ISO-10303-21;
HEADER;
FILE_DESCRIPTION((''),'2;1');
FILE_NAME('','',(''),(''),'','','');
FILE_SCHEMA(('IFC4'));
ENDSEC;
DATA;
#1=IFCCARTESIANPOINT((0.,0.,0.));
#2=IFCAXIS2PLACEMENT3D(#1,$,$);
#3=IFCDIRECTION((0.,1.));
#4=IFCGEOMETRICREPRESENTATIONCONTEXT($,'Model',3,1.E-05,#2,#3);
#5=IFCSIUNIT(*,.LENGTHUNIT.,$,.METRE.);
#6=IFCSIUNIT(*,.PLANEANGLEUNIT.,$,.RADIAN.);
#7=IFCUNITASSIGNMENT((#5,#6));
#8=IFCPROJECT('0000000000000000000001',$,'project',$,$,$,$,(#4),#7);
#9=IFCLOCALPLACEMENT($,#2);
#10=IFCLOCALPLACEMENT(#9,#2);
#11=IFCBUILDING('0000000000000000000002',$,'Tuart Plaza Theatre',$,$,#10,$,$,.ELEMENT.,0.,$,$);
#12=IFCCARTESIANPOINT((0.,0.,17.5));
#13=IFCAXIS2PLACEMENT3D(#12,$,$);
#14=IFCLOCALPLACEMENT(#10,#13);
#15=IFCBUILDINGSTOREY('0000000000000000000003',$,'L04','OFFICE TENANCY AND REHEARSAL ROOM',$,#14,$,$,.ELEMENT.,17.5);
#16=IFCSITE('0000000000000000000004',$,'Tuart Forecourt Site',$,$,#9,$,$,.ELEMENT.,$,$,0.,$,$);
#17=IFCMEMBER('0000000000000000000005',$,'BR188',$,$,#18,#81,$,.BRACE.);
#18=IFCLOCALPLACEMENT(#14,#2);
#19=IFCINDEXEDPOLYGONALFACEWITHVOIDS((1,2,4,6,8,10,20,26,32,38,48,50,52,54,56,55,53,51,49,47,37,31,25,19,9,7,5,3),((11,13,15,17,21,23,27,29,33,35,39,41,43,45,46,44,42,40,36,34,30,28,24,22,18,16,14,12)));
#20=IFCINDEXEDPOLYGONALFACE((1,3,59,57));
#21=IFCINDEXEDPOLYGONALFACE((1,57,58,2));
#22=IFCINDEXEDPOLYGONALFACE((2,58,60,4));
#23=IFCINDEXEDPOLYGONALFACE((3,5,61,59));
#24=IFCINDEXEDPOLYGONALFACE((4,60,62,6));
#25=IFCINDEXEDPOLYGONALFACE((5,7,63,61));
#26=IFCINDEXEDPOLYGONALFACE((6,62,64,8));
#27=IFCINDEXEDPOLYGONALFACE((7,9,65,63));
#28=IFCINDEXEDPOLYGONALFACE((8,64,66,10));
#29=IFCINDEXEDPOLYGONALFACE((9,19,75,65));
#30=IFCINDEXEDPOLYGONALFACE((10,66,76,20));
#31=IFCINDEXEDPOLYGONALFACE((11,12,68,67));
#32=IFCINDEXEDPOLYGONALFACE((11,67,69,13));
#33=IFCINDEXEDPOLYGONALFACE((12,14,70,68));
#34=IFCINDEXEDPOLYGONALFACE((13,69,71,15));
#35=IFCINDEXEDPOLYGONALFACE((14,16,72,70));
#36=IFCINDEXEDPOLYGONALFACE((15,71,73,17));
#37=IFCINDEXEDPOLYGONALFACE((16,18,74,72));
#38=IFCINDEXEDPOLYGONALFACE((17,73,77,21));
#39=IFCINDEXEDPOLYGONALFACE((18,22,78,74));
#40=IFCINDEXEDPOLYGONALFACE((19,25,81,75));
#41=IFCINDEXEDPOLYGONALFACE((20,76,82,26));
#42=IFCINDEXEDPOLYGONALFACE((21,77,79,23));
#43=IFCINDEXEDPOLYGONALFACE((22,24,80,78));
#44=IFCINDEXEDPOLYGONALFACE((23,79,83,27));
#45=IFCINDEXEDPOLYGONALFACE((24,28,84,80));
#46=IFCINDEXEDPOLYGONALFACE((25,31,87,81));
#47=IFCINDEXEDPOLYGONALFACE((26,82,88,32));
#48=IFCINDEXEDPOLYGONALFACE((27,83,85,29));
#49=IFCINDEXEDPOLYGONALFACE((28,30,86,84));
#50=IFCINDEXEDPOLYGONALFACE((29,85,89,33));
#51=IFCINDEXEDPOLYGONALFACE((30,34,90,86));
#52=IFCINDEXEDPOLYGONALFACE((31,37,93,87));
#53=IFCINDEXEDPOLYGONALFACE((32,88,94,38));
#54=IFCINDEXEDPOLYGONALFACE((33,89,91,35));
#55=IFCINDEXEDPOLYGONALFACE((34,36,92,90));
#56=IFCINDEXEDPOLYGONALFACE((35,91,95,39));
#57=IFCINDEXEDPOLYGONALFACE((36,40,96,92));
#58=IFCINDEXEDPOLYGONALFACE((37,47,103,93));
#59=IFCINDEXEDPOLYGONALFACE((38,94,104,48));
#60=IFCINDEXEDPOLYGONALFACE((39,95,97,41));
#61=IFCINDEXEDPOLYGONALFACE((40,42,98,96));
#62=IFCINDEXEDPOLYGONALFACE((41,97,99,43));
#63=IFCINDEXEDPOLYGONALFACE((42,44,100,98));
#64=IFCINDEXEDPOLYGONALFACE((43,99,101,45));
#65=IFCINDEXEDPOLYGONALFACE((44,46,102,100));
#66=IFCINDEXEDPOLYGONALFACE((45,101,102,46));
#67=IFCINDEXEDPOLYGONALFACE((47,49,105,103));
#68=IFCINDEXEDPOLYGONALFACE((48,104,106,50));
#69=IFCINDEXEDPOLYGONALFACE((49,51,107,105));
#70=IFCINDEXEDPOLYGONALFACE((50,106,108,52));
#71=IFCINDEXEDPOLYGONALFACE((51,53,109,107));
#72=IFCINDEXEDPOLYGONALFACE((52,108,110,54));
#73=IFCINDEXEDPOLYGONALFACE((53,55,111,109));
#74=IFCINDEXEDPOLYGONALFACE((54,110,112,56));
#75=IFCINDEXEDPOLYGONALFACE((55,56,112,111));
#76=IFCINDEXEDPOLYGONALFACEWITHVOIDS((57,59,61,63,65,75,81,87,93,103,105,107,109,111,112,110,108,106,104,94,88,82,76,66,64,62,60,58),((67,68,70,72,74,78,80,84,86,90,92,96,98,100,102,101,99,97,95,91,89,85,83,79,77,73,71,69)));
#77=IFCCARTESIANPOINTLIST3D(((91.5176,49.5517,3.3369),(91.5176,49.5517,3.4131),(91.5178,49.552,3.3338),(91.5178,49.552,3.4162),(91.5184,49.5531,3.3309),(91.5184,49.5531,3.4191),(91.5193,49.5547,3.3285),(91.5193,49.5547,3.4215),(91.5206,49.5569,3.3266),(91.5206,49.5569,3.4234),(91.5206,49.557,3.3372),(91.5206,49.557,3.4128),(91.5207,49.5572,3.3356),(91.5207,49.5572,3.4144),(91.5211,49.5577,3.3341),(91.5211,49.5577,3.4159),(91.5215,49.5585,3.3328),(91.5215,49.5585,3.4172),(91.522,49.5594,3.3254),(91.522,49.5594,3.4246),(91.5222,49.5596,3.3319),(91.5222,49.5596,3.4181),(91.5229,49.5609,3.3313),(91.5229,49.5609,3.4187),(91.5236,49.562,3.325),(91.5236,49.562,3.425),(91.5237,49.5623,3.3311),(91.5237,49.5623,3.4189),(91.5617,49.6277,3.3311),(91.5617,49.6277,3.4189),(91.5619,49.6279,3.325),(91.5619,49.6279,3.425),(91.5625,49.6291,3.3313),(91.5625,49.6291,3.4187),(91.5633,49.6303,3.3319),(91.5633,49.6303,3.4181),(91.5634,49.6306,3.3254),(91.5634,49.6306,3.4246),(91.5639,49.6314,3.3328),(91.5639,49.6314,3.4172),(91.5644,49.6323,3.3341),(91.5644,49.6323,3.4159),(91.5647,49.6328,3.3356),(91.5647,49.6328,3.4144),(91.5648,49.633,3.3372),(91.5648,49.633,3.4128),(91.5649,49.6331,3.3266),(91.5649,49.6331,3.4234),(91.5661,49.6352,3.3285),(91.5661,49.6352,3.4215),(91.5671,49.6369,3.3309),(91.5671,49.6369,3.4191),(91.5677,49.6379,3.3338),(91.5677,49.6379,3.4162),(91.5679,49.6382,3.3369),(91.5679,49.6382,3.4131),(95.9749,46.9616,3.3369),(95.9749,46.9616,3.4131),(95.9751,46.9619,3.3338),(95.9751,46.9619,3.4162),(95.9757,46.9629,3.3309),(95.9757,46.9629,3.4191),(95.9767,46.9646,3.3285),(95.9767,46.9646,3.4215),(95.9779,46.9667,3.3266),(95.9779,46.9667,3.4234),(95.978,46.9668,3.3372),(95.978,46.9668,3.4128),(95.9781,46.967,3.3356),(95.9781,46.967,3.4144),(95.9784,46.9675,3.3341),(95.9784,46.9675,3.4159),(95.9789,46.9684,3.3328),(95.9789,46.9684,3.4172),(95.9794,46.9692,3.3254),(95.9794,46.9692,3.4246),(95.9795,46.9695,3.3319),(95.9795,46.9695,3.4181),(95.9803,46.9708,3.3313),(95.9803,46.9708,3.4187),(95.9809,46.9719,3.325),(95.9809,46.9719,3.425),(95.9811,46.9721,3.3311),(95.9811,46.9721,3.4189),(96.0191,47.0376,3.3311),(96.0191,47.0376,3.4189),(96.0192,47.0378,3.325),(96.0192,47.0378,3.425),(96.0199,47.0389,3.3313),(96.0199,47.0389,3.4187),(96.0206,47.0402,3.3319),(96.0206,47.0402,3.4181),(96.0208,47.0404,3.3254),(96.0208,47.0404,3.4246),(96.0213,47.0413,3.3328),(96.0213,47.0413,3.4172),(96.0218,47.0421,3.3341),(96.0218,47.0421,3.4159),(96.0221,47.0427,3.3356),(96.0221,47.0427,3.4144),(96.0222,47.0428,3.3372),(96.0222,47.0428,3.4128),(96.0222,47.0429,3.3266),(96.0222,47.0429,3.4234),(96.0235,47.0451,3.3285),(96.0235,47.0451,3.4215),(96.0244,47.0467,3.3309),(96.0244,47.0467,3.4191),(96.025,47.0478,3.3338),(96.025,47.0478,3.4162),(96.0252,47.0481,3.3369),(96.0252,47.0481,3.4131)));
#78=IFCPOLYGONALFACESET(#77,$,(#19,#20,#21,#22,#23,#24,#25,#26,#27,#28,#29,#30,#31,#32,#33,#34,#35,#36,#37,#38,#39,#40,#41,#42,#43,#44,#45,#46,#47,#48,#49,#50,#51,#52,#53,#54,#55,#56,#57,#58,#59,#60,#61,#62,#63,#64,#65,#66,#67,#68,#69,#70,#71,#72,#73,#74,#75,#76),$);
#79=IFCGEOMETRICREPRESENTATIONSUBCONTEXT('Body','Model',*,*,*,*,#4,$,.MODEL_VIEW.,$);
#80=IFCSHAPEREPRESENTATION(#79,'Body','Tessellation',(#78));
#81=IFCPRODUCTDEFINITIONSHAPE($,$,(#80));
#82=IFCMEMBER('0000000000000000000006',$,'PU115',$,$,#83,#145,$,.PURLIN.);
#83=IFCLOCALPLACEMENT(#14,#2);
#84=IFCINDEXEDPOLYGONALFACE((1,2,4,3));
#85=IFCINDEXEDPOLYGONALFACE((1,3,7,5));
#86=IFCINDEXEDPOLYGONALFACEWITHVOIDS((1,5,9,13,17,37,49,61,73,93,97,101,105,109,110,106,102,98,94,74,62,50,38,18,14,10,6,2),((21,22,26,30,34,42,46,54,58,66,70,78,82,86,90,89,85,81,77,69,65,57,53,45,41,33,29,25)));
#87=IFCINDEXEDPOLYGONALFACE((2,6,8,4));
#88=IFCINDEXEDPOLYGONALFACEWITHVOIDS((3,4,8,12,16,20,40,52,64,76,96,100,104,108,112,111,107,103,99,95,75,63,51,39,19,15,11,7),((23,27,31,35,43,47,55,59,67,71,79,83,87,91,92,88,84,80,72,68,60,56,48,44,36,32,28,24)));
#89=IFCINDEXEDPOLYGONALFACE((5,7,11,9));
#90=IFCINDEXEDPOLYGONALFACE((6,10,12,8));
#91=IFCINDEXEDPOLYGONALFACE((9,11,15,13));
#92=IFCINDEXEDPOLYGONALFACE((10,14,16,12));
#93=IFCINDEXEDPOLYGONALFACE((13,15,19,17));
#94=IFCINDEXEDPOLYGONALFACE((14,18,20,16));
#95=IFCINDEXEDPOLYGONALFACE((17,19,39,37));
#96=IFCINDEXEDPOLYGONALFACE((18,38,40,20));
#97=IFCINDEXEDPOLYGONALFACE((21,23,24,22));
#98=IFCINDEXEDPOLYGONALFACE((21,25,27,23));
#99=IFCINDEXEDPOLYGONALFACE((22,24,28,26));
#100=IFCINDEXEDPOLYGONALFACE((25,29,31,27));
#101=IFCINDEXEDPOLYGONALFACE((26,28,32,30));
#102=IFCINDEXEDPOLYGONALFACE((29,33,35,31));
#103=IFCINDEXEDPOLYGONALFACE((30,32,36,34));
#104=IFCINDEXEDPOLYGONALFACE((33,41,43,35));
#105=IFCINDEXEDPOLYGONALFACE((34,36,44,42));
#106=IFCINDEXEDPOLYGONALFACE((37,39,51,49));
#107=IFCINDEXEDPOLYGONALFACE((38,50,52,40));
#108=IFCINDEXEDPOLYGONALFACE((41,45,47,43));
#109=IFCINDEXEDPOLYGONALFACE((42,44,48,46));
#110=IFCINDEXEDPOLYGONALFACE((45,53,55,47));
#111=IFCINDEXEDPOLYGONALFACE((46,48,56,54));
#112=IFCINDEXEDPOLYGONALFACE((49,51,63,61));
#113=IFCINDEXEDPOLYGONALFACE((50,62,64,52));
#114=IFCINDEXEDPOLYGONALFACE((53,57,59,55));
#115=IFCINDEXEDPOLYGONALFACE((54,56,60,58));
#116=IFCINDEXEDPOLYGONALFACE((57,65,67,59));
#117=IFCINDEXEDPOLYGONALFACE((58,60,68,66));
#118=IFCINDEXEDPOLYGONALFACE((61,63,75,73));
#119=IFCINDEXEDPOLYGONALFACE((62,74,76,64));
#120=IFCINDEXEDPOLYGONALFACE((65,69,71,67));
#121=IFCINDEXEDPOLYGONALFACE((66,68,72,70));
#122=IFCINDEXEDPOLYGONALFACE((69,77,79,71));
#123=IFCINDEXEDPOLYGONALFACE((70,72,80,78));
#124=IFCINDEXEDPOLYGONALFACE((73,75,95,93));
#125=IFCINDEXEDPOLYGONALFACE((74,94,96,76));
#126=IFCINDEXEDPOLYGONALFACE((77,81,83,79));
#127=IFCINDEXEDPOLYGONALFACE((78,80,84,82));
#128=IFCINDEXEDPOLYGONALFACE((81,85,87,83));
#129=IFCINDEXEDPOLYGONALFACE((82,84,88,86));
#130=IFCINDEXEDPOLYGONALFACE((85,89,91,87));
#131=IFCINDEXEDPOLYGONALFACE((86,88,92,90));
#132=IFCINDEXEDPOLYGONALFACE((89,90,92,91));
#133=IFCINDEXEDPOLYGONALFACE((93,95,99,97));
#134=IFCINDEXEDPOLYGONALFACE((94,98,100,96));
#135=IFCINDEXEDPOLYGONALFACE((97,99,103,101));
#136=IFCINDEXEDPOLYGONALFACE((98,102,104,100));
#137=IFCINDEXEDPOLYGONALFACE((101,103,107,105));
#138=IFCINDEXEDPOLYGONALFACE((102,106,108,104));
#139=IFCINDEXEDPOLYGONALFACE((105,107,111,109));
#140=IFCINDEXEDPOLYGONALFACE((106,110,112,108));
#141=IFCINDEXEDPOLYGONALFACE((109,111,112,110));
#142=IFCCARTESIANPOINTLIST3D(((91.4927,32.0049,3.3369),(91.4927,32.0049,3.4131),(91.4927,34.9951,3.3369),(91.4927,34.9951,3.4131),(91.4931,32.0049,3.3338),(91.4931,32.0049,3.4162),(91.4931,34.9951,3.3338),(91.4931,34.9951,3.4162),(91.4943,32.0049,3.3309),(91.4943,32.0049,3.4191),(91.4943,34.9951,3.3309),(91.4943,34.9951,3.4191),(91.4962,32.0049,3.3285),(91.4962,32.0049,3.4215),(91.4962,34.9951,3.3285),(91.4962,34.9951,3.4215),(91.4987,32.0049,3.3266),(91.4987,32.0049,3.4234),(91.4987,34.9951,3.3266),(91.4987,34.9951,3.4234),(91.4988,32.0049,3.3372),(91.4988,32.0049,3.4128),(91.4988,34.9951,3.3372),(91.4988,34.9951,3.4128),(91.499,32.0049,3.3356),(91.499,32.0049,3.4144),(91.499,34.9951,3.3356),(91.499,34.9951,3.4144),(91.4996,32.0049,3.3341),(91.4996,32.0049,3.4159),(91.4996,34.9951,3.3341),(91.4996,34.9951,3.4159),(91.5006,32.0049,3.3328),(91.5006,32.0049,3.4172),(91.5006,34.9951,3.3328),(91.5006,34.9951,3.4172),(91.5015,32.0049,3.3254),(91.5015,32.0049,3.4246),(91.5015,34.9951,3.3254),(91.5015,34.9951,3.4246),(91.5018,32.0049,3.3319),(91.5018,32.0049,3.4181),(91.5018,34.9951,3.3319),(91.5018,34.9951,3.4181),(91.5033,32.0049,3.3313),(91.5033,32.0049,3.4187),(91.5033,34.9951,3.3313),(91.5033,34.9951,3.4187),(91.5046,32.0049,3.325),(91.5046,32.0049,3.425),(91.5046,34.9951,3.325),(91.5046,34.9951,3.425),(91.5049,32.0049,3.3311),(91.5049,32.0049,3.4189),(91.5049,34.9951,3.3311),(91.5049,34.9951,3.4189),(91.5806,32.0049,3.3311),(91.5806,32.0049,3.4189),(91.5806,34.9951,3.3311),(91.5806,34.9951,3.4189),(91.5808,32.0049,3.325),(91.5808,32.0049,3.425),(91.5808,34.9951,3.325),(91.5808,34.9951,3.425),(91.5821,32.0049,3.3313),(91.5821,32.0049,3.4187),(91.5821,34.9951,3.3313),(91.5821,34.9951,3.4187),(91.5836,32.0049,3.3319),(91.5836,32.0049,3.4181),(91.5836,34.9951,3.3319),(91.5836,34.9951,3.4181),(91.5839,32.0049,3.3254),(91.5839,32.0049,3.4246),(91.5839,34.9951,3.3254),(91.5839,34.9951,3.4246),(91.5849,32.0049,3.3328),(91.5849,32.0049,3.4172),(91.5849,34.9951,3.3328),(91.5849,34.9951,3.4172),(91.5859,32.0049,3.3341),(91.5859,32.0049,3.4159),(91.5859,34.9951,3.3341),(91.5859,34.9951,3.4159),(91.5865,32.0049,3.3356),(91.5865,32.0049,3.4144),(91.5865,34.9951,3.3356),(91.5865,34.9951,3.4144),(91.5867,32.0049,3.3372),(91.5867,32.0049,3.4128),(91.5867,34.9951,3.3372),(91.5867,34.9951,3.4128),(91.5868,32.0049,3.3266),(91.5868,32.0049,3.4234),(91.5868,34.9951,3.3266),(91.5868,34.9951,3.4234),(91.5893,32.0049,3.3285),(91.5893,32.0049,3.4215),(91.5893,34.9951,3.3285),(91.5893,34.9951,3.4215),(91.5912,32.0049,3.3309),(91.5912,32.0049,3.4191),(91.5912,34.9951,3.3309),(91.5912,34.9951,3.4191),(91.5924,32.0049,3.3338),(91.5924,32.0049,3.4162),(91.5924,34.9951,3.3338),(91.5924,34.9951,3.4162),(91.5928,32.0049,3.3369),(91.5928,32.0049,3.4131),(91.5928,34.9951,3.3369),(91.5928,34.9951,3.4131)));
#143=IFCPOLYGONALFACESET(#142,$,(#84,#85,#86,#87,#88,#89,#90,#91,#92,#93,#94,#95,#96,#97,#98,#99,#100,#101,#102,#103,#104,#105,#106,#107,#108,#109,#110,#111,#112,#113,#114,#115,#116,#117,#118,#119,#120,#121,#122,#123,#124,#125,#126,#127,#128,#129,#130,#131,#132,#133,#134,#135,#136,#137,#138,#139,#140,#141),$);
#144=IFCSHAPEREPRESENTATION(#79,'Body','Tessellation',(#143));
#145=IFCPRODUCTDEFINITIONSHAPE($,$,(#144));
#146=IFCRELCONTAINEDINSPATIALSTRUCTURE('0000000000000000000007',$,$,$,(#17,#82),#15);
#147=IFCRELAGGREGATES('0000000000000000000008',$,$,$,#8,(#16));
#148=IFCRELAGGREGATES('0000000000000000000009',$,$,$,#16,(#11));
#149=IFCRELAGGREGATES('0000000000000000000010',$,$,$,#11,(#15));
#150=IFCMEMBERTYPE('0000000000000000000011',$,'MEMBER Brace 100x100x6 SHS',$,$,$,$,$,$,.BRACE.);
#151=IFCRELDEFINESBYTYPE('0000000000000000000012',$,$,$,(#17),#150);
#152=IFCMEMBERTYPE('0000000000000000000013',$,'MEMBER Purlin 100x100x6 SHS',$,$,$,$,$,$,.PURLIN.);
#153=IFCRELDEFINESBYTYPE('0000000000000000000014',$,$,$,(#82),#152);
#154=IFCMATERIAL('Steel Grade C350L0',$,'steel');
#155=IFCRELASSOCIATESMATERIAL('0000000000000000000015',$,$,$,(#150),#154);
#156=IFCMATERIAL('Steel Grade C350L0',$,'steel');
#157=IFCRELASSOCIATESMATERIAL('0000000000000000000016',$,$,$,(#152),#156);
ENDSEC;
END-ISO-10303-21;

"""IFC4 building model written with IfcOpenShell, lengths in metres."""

from ifc_helpers import new_model, si_unit, direction, frame, origin, origin_2d, place, context, subcontext, project, spatial, hollow_rectangle, extrude, material, material_profile, profile_set, type_object, element, save


model = new_model("IFC4")

# Units and contexts
model_context = context("Model", 3, precision=1e-05, world=origin(), true_north=direction((0.0, 1.0)))
body_context = subcontext(model_context, "Body", "Model", "MODEL_VIEW")
ifc_project = project(units=[si_unit("LENGTHUNIT", "METRE"), si_unit("PLANEANGLEUNIT", "RADIAN")], contexts=[model_context])

# Site, building, storey
site_placement = place(None, origin())
site = spatial("IfcSite", under=ifc_project, at=site_placement, Name="Tuart Forecourt Site", CompositionType="ELEMENT", RefElevation=0.0)
building_placement = place(site_placement, origin())
building = spatial("IfcBuilding", under=site, at=building_placement, Name="Tuart Plaza Theatre", CompositionType="ELEMENT", ElevationOfRefHeight=0.0)
storey_placement = place(building_placement, frame((0.0, 0.0, 17.5)))
storey = spatial("IfcBuildingStorey", under=building, at=storey_placement, Name="L04", Description="OFFICE TENANCY AND REHEARSAL ROOM", CompositionType="ELEMENT", Elevation=17.5)

# Members
ifc_material_1 = material(Name="Steel Grade C350L0", Category="steel")
ifc_material_profile_1 = material_profile(ifc_material_1, hollow_rectangle(XDim=0.1001, YDim=0.1001, WallThickness=0.0061, InnerFilletRadius=0.0061, OuterFilletRadius=0.012, at=origin_2d()), Name="100x100x6 SHS")
ifc_profile_set_1 = profile_set([ifc_material_profile_1], Name="Steel Grade C350L0")
member_type_1 = type_object("IfcMemberType", Name="MEMBER Brace 100x100x6 SHS", PredefinedType="BRACE", material=ifc_profile_set_1)
for number, where, z_axis, x_axis, name in (
    (1, (91.5427, 49.595, 3.375), (0.864621, -0.502425, 0.0), (0.502425, 0.864621, 0.0), "BR188"),
):
    element("IfcMember", number, at=place(storey_placement, frame(where, z_axis=z_axis, x_axis=x_axis)), inside=storey, type_object=member_type_1, Name=name, PredefinedType="BRACE", context=body_context, shape_type="SweptSolid", body=[
        extrude(hollow_rectangle(XDim=0.1001, YDim=0.1001, WallThickness=0.0061, InnerFilletRadius=0.0061, OuterFilletRadius=0.012, at=origin_2d()), origin(), (0.0, 0.0, 1.0), 5.1553),
    ])
ifc_material_2 = material(Name="Steel Grade C350L0", Category="steel")
ifc_material_profile_2 = material_profile(ifc_material_2, hollow_rectangle(XDim=0.1001, YDim=0.1001, WallThickness=0.0061, InnerFilletRadius=0.0061, OuterFilletRadius=0.012, at=origin_2d()), Name="100x100x6 SHS")
ifc_profile_set_2 = profile_set([ifc_material_profile_2], Name="Steel Grade C350L0")
member_type_2 = type_object("IfcMemberType", Name="MEMBER Purlin 100x100x6 SHS", PredefinedType="PURLIN", material=ifc_profile_set_2)
for number, where, z_axis, x_axis, name in (
    (2, (91.5427, 32.0049, 3.375), (0.0, 1.0, 0.0), (-1.0, 0.0, 0.0), "PU115"),
):
    element("IfcMember", number, at=place(storey_placement, frame(where, z_axis=z_axis, x_axis=x_axis)), inside=storey, type_object=member_type_2, Name=name, PredefinedType="PURLIN", context=body_context, shape_type="SweptSolid", body=[
        extrude(hollow_rectangle(XDim=0.1001, YDim=0.1001, WallThickness=0.0061, InnerFilletRadius=0.0061, OuterFilletRadius=0.012, at=origin_2d()), origin(), (0.0, 0.0, 1.0), 2.9902),
    ])

save(model, "model.ifc")
